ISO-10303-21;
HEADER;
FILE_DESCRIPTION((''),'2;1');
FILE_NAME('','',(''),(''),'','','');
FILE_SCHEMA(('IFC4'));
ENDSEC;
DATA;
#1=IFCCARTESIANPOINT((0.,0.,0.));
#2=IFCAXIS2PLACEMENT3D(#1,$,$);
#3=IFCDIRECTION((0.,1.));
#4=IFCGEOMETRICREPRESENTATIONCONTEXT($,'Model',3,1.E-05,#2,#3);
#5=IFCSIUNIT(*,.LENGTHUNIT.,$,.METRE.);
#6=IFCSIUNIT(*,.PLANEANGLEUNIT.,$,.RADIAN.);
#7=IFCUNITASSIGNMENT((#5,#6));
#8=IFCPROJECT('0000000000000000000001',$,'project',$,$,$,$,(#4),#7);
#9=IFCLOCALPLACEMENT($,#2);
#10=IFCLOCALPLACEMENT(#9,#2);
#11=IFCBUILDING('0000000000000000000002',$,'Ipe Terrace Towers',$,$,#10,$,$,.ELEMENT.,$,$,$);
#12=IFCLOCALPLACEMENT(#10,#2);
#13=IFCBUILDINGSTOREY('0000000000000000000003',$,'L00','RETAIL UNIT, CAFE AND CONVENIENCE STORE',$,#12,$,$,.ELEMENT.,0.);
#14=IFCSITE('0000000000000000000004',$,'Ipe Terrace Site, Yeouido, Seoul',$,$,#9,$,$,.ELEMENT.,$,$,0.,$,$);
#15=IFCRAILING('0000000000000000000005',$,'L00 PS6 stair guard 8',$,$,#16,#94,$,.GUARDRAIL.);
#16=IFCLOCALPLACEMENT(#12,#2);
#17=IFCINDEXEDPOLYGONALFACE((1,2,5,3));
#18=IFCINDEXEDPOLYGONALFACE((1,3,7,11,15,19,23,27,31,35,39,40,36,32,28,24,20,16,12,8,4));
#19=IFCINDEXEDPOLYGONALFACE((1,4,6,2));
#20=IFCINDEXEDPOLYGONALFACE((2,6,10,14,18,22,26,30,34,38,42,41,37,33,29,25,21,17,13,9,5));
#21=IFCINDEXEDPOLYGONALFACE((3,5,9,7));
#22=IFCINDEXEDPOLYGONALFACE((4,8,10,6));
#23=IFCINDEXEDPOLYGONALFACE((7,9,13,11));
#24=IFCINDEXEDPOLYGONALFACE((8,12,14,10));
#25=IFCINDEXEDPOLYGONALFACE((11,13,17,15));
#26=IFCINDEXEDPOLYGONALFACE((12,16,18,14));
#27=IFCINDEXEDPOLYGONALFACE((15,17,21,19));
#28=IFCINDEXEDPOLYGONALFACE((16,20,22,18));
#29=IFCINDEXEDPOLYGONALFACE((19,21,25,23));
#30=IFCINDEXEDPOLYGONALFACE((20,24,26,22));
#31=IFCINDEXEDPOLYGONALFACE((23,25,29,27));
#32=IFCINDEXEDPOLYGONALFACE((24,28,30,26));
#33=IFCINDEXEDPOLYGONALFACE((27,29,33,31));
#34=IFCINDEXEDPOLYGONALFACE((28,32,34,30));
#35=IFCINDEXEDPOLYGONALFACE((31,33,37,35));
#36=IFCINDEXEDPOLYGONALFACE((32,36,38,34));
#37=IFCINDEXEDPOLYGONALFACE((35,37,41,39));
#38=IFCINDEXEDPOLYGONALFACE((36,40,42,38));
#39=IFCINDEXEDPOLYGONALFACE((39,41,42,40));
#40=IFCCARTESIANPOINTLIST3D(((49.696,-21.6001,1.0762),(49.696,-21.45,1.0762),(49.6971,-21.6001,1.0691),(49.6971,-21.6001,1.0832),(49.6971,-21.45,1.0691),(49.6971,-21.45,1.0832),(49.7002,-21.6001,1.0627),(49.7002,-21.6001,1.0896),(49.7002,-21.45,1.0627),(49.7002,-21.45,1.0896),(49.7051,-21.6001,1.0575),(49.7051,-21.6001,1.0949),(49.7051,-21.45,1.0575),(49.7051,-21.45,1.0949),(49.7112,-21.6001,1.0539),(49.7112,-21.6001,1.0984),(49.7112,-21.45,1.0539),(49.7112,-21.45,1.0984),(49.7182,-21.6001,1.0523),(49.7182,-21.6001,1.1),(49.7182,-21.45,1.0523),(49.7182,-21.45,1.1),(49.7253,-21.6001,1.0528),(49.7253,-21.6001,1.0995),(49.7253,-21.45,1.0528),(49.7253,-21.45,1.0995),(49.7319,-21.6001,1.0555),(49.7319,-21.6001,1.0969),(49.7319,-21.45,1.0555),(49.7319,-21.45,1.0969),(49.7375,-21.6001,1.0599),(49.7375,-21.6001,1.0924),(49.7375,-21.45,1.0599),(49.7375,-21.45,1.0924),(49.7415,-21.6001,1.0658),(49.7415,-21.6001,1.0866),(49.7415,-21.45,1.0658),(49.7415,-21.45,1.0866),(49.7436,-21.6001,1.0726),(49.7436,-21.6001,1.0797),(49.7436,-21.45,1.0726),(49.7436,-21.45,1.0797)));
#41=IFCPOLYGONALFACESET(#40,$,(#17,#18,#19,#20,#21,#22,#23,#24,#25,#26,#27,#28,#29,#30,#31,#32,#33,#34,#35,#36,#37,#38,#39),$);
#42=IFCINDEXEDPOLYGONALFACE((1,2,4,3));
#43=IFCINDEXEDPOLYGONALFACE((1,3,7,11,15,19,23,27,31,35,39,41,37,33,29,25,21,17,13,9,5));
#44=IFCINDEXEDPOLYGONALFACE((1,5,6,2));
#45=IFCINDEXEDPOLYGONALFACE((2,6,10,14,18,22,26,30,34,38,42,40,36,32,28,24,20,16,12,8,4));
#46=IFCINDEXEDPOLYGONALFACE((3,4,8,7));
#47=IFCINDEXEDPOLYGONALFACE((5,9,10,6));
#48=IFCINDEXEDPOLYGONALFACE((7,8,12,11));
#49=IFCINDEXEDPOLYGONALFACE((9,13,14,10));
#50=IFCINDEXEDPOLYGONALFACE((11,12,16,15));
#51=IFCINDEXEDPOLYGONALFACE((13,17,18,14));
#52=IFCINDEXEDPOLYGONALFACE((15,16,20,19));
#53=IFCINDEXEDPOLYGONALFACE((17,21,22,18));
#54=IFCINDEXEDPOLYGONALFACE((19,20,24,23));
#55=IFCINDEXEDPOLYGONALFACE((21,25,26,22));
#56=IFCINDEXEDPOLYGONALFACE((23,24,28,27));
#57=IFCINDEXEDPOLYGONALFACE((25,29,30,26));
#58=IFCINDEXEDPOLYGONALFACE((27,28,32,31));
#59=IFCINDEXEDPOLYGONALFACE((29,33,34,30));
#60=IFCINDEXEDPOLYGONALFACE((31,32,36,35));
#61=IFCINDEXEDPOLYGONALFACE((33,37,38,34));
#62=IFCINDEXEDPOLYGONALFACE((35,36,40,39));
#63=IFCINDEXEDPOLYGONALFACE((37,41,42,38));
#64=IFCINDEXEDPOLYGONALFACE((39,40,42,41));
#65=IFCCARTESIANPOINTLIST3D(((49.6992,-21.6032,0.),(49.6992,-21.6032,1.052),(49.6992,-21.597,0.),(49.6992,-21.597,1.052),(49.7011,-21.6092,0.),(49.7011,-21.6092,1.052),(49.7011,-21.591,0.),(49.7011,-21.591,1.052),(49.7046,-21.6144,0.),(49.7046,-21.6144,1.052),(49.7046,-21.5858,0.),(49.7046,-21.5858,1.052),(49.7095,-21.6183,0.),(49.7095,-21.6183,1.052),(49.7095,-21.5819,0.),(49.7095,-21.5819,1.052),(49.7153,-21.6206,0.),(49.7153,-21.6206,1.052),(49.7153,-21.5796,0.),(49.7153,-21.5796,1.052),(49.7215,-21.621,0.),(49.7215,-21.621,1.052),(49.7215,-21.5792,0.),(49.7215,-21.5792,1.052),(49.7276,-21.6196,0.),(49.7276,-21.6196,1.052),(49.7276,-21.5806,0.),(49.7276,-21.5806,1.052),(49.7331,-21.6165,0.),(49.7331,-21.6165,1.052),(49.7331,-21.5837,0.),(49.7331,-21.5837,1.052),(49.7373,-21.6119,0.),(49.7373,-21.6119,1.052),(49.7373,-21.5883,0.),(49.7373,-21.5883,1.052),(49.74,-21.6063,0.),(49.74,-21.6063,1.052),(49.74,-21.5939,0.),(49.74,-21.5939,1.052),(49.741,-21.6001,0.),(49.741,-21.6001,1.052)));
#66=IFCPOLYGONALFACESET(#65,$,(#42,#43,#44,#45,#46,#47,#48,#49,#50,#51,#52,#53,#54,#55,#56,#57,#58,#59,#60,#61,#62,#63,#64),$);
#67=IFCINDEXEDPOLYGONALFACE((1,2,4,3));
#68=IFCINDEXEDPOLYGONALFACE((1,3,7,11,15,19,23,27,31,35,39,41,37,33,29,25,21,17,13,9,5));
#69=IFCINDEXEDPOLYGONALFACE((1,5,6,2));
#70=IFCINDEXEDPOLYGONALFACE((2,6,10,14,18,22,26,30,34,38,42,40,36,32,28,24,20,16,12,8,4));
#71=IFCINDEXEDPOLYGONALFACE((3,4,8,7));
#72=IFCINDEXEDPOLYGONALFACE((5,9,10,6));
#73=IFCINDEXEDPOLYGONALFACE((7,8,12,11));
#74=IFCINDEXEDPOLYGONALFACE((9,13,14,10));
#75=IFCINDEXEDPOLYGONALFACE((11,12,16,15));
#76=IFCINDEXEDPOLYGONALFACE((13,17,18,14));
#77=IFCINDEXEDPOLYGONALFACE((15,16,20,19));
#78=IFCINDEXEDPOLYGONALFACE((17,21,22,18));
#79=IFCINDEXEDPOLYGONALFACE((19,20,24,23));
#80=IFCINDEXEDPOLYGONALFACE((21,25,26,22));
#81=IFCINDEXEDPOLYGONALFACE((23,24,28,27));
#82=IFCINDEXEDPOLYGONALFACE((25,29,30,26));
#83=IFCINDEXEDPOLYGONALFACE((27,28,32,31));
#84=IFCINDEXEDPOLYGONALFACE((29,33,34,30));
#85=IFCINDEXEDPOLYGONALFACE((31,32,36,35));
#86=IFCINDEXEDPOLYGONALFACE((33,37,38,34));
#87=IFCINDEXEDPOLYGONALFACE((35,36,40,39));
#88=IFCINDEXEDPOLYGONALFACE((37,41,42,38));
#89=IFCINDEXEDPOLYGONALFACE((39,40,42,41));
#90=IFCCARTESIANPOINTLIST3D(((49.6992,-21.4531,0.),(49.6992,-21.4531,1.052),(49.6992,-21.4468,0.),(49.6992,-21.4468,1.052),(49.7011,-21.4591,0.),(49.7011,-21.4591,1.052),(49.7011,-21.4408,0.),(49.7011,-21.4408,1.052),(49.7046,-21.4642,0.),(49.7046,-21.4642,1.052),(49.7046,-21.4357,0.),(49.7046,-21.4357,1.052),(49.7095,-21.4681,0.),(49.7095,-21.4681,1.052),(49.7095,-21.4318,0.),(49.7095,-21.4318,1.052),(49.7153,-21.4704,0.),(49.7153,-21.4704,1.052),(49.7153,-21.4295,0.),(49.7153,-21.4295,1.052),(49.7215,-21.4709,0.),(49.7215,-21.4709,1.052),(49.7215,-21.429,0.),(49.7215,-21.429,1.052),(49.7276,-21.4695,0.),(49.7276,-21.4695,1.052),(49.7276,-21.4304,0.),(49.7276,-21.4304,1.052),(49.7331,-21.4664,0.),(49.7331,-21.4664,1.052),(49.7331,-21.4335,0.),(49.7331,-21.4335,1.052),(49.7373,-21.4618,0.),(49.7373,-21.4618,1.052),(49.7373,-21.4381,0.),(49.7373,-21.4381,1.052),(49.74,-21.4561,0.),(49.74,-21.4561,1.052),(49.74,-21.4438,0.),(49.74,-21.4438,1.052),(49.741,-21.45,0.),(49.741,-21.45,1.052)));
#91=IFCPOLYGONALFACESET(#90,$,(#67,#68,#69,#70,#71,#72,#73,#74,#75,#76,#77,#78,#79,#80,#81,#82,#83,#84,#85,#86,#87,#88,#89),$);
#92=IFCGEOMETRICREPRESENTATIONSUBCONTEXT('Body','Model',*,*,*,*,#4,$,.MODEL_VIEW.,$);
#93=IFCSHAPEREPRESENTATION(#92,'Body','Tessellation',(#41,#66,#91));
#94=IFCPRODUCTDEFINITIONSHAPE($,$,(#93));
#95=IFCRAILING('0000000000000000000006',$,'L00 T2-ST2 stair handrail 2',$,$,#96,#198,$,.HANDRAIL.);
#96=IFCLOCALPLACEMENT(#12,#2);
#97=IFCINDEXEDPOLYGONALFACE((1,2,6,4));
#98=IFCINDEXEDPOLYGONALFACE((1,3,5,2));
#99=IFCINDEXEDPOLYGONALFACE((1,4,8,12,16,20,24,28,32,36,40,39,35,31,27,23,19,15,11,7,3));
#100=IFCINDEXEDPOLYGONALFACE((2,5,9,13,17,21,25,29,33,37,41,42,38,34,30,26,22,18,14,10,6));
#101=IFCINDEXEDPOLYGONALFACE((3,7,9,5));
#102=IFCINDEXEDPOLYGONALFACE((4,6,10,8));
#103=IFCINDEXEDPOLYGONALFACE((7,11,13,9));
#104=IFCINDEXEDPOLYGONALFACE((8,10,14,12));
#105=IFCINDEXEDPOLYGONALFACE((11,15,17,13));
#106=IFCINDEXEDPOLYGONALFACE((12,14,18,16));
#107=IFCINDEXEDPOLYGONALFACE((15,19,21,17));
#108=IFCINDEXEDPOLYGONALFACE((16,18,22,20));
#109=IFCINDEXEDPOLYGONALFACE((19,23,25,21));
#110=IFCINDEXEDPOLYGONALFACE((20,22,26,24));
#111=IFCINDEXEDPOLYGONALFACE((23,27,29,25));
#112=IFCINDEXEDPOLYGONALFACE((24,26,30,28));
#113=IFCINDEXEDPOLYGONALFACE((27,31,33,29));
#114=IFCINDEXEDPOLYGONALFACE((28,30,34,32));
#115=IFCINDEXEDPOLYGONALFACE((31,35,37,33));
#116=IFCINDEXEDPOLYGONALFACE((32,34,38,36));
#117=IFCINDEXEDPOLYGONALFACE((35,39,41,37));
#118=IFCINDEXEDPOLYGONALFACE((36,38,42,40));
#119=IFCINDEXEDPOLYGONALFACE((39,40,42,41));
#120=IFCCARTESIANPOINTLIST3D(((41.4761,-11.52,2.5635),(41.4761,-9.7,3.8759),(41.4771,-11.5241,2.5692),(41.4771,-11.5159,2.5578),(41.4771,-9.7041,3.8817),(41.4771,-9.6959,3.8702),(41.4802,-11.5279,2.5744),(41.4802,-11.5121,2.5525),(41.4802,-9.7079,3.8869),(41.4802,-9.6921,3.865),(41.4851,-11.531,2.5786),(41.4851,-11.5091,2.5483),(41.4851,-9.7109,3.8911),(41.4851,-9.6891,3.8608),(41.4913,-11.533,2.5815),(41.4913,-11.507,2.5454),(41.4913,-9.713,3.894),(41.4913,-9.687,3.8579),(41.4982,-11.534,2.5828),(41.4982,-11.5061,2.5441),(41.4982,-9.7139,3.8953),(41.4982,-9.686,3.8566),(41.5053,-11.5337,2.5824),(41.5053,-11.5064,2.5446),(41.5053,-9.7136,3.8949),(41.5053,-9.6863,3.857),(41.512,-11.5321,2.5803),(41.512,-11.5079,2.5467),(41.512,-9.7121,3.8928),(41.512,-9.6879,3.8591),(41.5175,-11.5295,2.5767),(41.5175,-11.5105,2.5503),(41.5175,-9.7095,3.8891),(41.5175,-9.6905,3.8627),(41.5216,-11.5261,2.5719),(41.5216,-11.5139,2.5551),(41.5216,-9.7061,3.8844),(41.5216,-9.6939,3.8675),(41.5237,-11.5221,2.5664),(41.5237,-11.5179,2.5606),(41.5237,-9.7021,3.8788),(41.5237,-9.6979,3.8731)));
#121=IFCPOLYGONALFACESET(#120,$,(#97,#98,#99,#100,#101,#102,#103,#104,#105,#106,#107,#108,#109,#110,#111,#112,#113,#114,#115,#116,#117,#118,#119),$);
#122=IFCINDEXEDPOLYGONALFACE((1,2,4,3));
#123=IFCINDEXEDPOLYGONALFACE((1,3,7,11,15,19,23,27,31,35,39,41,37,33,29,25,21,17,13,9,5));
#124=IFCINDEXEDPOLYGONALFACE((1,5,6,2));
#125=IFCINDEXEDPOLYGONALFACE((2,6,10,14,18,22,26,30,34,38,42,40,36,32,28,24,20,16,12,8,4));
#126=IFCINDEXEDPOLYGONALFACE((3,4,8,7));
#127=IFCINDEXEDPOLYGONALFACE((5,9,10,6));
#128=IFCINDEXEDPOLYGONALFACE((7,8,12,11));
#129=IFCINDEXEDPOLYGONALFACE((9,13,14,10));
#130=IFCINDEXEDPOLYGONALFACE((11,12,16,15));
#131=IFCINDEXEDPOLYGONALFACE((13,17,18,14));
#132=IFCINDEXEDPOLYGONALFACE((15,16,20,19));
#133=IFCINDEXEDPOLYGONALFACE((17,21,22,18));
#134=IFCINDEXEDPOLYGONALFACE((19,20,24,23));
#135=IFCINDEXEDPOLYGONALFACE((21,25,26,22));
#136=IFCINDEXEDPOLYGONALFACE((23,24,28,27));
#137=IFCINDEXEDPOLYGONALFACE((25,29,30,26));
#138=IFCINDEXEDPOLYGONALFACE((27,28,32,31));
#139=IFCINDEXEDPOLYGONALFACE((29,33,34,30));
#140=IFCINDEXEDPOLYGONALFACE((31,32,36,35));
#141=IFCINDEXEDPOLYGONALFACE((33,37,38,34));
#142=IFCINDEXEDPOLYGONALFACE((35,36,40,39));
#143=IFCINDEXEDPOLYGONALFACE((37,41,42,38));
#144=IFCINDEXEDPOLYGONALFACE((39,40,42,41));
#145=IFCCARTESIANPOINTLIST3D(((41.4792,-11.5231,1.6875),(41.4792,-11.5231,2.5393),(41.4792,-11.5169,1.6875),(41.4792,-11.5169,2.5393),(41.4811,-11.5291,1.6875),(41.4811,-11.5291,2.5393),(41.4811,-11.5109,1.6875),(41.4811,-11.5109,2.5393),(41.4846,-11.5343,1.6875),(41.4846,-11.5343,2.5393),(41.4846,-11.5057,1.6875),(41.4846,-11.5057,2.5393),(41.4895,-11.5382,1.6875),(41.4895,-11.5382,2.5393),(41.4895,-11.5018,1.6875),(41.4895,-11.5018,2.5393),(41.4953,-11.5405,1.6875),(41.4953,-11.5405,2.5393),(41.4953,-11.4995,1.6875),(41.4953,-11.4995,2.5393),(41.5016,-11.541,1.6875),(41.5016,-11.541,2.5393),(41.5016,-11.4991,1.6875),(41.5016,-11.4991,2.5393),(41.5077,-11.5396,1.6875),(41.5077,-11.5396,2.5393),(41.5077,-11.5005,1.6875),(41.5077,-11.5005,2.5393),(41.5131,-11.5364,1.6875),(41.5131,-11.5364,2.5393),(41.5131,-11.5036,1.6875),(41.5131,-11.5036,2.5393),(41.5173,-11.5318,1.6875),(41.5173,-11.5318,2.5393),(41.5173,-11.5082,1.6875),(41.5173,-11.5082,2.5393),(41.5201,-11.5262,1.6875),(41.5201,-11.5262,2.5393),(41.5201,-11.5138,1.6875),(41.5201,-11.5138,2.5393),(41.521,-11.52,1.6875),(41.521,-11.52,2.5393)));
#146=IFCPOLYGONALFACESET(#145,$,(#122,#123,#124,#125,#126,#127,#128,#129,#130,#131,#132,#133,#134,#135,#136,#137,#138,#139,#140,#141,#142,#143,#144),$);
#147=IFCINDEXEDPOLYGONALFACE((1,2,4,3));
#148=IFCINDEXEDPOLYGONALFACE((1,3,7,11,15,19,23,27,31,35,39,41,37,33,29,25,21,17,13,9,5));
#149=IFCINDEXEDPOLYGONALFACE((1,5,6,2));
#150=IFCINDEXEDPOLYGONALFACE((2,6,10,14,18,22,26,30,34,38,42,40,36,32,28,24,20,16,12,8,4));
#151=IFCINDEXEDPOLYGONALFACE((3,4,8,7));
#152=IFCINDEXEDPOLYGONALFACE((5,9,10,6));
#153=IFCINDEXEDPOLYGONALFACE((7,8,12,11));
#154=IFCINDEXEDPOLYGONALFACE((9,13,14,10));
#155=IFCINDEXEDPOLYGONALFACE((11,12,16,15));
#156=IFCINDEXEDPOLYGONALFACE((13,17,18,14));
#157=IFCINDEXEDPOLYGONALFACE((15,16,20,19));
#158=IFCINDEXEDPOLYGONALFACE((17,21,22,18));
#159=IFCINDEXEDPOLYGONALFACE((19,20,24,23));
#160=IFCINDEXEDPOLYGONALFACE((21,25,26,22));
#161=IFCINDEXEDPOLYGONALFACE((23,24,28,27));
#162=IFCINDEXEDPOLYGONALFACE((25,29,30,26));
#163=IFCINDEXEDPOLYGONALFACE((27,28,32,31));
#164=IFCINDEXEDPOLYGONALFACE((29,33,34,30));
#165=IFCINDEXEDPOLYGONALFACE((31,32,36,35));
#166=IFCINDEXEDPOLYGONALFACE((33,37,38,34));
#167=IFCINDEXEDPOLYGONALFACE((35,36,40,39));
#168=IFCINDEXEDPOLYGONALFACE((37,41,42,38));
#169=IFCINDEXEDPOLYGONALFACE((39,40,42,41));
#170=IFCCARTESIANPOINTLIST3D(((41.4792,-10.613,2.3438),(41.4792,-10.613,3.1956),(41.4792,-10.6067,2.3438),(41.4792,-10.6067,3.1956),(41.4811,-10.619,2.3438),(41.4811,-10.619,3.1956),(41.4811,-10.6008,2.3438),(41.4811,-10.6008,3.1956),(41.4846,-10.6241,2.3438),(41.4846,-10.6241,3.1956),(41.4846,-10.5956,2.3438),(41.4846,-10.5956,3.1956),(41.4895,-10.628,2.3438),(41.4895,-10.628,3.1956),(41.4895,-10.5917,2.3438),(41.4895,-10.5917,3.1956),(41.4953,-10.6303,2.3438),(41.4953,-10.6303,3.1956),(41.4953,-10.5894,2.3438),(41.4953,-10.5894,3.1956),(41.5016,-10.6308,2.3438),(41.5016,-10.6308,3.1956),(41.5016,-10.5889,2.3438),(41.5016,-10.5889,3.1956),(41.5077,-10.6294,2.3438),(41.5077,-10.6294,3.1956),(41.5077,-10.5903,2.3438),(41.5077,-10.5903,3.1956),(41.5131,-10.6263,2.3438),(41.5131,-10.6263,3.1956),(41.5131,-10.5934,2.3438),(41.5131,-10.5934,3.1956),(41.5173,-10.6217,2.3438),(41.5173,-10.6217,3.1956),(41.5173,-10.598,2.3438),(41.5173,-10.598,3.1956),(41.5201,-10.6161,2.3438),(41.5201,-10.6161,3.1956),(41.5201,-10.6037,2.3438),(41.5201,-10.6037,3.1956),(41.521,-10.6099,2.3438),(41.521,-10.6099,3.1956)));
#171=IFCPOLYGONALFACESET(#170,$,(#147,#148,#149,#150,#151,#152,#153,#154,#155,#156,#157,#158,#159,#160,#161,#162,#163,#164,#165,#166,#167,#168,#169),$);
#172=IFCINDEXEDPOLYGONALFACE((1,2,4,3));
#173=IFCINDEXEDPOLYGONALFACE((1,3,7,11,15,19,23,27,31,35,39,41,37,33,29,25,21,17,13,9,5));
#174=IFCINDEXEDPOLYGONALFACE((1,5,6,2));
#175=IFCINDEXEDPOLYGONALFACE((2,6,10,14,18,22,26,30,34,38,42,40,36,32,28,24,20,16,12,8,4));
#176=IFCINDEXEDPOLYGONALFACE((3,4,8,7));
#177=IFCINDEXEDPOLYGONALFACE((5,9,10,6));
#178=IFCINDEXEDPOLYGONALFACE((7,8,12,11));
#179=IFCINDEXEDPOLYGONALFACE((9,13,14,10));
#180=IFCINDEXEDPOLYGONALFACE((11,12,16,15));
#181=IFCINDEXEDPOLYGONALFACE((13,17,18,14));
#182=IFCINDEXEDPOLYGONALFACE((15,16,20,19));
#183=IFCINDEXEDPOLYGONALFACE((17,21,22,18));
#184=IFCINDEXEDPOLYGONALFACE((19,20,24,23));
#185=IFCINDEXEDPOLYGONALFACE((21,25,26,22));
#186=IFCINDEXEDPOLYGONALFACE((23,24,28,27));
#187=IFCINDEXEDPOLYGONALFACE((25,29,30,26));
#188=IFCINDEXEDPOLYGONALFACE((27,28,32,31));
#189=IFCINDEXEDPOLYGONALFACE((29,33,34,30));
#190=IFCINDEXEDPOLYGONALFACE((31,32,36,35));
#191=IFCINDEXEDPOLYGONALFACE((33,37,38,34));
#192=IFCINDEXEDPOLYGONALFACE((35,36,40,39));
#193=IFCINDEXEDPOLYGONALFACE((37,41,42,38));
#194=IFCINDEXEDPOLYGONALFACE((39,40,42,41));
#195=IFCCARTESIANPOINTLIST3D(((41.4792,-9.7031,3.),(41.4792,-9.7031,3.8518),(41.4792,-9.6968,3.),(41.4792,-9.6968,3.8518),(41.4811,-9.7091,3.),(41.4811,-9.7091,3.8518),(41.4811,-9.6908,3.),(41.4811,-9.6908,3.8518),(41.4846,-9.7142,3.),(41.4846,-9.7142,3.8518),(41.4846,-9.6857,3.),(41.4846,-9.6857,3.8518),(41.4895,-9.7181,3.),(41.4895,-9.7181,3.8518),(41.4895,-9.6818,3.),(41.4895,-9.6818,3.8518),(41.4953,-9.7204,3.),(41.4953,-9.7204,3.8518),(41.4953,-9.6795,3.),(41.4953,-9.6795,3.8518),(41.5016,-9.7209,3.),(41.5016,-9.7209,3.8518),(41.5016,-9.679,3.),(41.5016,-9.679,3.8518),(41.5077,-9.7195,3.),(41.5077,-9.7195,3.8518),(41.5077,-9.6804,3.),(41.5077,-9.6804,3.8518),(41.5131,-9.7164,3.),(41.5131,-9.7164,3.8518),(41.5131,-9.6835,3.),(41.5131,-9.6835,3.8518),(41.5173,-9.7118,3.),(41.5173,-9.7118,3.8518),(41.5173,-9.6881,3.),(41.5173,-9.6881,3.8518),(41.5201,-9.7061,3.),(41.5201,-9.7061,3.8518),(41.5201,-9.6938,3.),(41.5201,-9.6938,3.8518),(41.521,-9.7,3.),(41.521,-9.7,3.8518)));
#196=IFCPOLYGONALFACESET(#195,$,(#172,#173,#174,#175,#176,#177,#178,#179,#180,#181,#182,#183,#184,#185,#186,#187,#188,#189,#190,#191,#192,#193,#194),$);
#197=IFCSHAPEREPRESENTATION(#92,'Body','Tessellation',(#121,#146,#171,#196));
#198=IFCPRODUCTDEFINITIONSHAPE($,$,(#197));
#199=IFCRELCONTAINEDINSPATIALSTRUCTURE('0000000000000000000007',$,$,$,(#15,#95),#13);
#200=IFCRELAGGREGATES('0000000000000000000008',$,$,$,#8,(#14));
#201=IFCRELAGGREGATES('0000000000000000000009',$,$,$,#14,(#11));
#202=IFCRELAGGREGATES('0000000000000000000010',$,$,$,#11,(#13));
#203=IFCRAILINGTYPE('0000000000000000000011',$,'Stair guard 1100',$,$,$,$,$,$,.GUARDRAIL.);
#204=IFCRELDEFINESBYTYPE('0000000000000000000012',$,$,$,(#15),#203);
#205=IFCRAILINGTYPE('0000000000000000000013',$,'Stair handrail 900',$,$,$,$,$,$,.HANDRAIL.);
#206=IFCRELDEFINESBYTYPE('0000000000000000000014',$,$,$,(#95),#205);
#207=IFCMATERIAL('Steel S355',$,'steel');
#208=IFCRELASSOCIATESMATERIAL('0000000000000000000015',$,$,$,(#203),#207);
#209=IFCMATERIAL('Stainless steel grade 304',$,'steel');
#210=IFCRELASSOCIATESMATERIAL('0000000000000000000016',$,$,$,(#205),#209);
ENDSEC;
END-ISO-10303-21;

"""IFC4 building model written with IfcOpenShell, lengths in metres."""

from ifc_helpers import new_model, si_unit, direction, frame, origin, origin_2d, place, context, subcontext, project, spatial, circle, extrude, material, type_object, element, save


model = new_model("IFC4")

# Units and contexts
model_context = context("Model", 3, precision=1e-05, world=origin(), true_north=direction((0.0, 1.0)))
body_context = subcontext(model_context, "Body", "Model", "MODEL_VIEW")
ifc_project = project(units=[si_unit("LENGTHUNIT", "METRE"), si_unit("PLANEANGLEUNIT", "RADIAN")], contexts=[model_context])

# Site, building, storey
site_placement = place(None, origin())
site = spatial("IfcSite", under=ifc_project, at=site_placement, Name="Ipe Terrace Site, Yeouido, Seoul", CompositionType="ELEMENT", RefElevation=0.0)
building_placement = place(site_placement, origin())
building = spatial("IfcBuilding", under=site, at=building_placement, Name="Ipe Terrace Towers", CompositionType="ELEMENT")
storey_placement = place(building_placement, origin())
storey = spatial("IfcBuildingStorey", under=building, at=storey_placement, Name="L00", Description="RETAIL UNIT, CAFE AND CONVENIENCE STORE", CompositionType="ELEMENT", Elevation=0.0)

# Railings
ifc_material_1 = material(Name="Steel S355", Category="steel")
railing_type_1 = type_object("IfcRailingType", Name="Stair guard 1100", PredefinedType="GUARDRAIL", material=ifc_material_1)
for number, where, name in (
    (1, (49.72, -21.6001, 0.0), "L00 PS6 stair guard 8"),
):
    element("IfcRailing", number, at=place(storey_placement, frame(where)), inside=storey, type_object=railing_type_1, Name=name, PredefinedType="GUARDRAIL", context=body_context, shape_type="SweptSolid", body=[
        extrude(circle(Radius=0.0239, at=origin_2d()), frame((0.0, 0.0, 1.0762), z_axis=(0.0, 1.0, 0.0), x_axis=(-1.0, 0.0, 0.0)), (0.0, 0.0, 1.0), 0.1501),
        extrude(circle(Radius=0.021, at=origin_2d()), origin(), (0.0, 0.0, 1.0), 1.052),
        extrude(circle(Radius=0.021, at=origin_2d()), frame((0.0, 0.1501, 0.0)), (0.0, 0.0, 1.0), 1.052),
    ])
ifc_material_2 = material(Name="Stainless steel grade 304", Category="steel")
railing_type_2 = type_object("IfcRailingType", Name="Stair handrail 900", PredefinedType="HANDRAIL", material=ifc_material_2)
railing_1_placement = place(storey_placement, frame((41.5, -11.52, 1.6875)))
element("IfcRailing", 2, at=railing_1_placement, inside=storey, type_object=railing_type_2, Name="L00 T2-ST2 stair handrail 2", PredefinedType="HANDRAIL", context=body_context, shape_type="SweptSolid", body=[
    extrude(circle(Radius=0.0239, at=origin_2d()), frame((0.0, 0.0, 0.876), z_axis=(0.0, 0.811101, 0.584906), x_axis=(-1.0, 0.0, 0.0)), (0.0, 0.0, 1.0), 2.2439),
    extrude(circle(Radius=0.021, at=origin_2d()), origin(), (0.0, 0.0, 1.0), 0.8518),
    extrude(circle(Radius=0.021, at=origin_2d()), frame((0.0, 0.9102, 0.6562)), (0.0, 0.0, 1.0), 0.8518),
    extrude(circle(Radius=0.021, at=origin_2d()), frame((0.0, 1.8201, 1.3125)), (0.0, 0.0, 1.0), 0.8518),
])

save(model, "model.ifc")
